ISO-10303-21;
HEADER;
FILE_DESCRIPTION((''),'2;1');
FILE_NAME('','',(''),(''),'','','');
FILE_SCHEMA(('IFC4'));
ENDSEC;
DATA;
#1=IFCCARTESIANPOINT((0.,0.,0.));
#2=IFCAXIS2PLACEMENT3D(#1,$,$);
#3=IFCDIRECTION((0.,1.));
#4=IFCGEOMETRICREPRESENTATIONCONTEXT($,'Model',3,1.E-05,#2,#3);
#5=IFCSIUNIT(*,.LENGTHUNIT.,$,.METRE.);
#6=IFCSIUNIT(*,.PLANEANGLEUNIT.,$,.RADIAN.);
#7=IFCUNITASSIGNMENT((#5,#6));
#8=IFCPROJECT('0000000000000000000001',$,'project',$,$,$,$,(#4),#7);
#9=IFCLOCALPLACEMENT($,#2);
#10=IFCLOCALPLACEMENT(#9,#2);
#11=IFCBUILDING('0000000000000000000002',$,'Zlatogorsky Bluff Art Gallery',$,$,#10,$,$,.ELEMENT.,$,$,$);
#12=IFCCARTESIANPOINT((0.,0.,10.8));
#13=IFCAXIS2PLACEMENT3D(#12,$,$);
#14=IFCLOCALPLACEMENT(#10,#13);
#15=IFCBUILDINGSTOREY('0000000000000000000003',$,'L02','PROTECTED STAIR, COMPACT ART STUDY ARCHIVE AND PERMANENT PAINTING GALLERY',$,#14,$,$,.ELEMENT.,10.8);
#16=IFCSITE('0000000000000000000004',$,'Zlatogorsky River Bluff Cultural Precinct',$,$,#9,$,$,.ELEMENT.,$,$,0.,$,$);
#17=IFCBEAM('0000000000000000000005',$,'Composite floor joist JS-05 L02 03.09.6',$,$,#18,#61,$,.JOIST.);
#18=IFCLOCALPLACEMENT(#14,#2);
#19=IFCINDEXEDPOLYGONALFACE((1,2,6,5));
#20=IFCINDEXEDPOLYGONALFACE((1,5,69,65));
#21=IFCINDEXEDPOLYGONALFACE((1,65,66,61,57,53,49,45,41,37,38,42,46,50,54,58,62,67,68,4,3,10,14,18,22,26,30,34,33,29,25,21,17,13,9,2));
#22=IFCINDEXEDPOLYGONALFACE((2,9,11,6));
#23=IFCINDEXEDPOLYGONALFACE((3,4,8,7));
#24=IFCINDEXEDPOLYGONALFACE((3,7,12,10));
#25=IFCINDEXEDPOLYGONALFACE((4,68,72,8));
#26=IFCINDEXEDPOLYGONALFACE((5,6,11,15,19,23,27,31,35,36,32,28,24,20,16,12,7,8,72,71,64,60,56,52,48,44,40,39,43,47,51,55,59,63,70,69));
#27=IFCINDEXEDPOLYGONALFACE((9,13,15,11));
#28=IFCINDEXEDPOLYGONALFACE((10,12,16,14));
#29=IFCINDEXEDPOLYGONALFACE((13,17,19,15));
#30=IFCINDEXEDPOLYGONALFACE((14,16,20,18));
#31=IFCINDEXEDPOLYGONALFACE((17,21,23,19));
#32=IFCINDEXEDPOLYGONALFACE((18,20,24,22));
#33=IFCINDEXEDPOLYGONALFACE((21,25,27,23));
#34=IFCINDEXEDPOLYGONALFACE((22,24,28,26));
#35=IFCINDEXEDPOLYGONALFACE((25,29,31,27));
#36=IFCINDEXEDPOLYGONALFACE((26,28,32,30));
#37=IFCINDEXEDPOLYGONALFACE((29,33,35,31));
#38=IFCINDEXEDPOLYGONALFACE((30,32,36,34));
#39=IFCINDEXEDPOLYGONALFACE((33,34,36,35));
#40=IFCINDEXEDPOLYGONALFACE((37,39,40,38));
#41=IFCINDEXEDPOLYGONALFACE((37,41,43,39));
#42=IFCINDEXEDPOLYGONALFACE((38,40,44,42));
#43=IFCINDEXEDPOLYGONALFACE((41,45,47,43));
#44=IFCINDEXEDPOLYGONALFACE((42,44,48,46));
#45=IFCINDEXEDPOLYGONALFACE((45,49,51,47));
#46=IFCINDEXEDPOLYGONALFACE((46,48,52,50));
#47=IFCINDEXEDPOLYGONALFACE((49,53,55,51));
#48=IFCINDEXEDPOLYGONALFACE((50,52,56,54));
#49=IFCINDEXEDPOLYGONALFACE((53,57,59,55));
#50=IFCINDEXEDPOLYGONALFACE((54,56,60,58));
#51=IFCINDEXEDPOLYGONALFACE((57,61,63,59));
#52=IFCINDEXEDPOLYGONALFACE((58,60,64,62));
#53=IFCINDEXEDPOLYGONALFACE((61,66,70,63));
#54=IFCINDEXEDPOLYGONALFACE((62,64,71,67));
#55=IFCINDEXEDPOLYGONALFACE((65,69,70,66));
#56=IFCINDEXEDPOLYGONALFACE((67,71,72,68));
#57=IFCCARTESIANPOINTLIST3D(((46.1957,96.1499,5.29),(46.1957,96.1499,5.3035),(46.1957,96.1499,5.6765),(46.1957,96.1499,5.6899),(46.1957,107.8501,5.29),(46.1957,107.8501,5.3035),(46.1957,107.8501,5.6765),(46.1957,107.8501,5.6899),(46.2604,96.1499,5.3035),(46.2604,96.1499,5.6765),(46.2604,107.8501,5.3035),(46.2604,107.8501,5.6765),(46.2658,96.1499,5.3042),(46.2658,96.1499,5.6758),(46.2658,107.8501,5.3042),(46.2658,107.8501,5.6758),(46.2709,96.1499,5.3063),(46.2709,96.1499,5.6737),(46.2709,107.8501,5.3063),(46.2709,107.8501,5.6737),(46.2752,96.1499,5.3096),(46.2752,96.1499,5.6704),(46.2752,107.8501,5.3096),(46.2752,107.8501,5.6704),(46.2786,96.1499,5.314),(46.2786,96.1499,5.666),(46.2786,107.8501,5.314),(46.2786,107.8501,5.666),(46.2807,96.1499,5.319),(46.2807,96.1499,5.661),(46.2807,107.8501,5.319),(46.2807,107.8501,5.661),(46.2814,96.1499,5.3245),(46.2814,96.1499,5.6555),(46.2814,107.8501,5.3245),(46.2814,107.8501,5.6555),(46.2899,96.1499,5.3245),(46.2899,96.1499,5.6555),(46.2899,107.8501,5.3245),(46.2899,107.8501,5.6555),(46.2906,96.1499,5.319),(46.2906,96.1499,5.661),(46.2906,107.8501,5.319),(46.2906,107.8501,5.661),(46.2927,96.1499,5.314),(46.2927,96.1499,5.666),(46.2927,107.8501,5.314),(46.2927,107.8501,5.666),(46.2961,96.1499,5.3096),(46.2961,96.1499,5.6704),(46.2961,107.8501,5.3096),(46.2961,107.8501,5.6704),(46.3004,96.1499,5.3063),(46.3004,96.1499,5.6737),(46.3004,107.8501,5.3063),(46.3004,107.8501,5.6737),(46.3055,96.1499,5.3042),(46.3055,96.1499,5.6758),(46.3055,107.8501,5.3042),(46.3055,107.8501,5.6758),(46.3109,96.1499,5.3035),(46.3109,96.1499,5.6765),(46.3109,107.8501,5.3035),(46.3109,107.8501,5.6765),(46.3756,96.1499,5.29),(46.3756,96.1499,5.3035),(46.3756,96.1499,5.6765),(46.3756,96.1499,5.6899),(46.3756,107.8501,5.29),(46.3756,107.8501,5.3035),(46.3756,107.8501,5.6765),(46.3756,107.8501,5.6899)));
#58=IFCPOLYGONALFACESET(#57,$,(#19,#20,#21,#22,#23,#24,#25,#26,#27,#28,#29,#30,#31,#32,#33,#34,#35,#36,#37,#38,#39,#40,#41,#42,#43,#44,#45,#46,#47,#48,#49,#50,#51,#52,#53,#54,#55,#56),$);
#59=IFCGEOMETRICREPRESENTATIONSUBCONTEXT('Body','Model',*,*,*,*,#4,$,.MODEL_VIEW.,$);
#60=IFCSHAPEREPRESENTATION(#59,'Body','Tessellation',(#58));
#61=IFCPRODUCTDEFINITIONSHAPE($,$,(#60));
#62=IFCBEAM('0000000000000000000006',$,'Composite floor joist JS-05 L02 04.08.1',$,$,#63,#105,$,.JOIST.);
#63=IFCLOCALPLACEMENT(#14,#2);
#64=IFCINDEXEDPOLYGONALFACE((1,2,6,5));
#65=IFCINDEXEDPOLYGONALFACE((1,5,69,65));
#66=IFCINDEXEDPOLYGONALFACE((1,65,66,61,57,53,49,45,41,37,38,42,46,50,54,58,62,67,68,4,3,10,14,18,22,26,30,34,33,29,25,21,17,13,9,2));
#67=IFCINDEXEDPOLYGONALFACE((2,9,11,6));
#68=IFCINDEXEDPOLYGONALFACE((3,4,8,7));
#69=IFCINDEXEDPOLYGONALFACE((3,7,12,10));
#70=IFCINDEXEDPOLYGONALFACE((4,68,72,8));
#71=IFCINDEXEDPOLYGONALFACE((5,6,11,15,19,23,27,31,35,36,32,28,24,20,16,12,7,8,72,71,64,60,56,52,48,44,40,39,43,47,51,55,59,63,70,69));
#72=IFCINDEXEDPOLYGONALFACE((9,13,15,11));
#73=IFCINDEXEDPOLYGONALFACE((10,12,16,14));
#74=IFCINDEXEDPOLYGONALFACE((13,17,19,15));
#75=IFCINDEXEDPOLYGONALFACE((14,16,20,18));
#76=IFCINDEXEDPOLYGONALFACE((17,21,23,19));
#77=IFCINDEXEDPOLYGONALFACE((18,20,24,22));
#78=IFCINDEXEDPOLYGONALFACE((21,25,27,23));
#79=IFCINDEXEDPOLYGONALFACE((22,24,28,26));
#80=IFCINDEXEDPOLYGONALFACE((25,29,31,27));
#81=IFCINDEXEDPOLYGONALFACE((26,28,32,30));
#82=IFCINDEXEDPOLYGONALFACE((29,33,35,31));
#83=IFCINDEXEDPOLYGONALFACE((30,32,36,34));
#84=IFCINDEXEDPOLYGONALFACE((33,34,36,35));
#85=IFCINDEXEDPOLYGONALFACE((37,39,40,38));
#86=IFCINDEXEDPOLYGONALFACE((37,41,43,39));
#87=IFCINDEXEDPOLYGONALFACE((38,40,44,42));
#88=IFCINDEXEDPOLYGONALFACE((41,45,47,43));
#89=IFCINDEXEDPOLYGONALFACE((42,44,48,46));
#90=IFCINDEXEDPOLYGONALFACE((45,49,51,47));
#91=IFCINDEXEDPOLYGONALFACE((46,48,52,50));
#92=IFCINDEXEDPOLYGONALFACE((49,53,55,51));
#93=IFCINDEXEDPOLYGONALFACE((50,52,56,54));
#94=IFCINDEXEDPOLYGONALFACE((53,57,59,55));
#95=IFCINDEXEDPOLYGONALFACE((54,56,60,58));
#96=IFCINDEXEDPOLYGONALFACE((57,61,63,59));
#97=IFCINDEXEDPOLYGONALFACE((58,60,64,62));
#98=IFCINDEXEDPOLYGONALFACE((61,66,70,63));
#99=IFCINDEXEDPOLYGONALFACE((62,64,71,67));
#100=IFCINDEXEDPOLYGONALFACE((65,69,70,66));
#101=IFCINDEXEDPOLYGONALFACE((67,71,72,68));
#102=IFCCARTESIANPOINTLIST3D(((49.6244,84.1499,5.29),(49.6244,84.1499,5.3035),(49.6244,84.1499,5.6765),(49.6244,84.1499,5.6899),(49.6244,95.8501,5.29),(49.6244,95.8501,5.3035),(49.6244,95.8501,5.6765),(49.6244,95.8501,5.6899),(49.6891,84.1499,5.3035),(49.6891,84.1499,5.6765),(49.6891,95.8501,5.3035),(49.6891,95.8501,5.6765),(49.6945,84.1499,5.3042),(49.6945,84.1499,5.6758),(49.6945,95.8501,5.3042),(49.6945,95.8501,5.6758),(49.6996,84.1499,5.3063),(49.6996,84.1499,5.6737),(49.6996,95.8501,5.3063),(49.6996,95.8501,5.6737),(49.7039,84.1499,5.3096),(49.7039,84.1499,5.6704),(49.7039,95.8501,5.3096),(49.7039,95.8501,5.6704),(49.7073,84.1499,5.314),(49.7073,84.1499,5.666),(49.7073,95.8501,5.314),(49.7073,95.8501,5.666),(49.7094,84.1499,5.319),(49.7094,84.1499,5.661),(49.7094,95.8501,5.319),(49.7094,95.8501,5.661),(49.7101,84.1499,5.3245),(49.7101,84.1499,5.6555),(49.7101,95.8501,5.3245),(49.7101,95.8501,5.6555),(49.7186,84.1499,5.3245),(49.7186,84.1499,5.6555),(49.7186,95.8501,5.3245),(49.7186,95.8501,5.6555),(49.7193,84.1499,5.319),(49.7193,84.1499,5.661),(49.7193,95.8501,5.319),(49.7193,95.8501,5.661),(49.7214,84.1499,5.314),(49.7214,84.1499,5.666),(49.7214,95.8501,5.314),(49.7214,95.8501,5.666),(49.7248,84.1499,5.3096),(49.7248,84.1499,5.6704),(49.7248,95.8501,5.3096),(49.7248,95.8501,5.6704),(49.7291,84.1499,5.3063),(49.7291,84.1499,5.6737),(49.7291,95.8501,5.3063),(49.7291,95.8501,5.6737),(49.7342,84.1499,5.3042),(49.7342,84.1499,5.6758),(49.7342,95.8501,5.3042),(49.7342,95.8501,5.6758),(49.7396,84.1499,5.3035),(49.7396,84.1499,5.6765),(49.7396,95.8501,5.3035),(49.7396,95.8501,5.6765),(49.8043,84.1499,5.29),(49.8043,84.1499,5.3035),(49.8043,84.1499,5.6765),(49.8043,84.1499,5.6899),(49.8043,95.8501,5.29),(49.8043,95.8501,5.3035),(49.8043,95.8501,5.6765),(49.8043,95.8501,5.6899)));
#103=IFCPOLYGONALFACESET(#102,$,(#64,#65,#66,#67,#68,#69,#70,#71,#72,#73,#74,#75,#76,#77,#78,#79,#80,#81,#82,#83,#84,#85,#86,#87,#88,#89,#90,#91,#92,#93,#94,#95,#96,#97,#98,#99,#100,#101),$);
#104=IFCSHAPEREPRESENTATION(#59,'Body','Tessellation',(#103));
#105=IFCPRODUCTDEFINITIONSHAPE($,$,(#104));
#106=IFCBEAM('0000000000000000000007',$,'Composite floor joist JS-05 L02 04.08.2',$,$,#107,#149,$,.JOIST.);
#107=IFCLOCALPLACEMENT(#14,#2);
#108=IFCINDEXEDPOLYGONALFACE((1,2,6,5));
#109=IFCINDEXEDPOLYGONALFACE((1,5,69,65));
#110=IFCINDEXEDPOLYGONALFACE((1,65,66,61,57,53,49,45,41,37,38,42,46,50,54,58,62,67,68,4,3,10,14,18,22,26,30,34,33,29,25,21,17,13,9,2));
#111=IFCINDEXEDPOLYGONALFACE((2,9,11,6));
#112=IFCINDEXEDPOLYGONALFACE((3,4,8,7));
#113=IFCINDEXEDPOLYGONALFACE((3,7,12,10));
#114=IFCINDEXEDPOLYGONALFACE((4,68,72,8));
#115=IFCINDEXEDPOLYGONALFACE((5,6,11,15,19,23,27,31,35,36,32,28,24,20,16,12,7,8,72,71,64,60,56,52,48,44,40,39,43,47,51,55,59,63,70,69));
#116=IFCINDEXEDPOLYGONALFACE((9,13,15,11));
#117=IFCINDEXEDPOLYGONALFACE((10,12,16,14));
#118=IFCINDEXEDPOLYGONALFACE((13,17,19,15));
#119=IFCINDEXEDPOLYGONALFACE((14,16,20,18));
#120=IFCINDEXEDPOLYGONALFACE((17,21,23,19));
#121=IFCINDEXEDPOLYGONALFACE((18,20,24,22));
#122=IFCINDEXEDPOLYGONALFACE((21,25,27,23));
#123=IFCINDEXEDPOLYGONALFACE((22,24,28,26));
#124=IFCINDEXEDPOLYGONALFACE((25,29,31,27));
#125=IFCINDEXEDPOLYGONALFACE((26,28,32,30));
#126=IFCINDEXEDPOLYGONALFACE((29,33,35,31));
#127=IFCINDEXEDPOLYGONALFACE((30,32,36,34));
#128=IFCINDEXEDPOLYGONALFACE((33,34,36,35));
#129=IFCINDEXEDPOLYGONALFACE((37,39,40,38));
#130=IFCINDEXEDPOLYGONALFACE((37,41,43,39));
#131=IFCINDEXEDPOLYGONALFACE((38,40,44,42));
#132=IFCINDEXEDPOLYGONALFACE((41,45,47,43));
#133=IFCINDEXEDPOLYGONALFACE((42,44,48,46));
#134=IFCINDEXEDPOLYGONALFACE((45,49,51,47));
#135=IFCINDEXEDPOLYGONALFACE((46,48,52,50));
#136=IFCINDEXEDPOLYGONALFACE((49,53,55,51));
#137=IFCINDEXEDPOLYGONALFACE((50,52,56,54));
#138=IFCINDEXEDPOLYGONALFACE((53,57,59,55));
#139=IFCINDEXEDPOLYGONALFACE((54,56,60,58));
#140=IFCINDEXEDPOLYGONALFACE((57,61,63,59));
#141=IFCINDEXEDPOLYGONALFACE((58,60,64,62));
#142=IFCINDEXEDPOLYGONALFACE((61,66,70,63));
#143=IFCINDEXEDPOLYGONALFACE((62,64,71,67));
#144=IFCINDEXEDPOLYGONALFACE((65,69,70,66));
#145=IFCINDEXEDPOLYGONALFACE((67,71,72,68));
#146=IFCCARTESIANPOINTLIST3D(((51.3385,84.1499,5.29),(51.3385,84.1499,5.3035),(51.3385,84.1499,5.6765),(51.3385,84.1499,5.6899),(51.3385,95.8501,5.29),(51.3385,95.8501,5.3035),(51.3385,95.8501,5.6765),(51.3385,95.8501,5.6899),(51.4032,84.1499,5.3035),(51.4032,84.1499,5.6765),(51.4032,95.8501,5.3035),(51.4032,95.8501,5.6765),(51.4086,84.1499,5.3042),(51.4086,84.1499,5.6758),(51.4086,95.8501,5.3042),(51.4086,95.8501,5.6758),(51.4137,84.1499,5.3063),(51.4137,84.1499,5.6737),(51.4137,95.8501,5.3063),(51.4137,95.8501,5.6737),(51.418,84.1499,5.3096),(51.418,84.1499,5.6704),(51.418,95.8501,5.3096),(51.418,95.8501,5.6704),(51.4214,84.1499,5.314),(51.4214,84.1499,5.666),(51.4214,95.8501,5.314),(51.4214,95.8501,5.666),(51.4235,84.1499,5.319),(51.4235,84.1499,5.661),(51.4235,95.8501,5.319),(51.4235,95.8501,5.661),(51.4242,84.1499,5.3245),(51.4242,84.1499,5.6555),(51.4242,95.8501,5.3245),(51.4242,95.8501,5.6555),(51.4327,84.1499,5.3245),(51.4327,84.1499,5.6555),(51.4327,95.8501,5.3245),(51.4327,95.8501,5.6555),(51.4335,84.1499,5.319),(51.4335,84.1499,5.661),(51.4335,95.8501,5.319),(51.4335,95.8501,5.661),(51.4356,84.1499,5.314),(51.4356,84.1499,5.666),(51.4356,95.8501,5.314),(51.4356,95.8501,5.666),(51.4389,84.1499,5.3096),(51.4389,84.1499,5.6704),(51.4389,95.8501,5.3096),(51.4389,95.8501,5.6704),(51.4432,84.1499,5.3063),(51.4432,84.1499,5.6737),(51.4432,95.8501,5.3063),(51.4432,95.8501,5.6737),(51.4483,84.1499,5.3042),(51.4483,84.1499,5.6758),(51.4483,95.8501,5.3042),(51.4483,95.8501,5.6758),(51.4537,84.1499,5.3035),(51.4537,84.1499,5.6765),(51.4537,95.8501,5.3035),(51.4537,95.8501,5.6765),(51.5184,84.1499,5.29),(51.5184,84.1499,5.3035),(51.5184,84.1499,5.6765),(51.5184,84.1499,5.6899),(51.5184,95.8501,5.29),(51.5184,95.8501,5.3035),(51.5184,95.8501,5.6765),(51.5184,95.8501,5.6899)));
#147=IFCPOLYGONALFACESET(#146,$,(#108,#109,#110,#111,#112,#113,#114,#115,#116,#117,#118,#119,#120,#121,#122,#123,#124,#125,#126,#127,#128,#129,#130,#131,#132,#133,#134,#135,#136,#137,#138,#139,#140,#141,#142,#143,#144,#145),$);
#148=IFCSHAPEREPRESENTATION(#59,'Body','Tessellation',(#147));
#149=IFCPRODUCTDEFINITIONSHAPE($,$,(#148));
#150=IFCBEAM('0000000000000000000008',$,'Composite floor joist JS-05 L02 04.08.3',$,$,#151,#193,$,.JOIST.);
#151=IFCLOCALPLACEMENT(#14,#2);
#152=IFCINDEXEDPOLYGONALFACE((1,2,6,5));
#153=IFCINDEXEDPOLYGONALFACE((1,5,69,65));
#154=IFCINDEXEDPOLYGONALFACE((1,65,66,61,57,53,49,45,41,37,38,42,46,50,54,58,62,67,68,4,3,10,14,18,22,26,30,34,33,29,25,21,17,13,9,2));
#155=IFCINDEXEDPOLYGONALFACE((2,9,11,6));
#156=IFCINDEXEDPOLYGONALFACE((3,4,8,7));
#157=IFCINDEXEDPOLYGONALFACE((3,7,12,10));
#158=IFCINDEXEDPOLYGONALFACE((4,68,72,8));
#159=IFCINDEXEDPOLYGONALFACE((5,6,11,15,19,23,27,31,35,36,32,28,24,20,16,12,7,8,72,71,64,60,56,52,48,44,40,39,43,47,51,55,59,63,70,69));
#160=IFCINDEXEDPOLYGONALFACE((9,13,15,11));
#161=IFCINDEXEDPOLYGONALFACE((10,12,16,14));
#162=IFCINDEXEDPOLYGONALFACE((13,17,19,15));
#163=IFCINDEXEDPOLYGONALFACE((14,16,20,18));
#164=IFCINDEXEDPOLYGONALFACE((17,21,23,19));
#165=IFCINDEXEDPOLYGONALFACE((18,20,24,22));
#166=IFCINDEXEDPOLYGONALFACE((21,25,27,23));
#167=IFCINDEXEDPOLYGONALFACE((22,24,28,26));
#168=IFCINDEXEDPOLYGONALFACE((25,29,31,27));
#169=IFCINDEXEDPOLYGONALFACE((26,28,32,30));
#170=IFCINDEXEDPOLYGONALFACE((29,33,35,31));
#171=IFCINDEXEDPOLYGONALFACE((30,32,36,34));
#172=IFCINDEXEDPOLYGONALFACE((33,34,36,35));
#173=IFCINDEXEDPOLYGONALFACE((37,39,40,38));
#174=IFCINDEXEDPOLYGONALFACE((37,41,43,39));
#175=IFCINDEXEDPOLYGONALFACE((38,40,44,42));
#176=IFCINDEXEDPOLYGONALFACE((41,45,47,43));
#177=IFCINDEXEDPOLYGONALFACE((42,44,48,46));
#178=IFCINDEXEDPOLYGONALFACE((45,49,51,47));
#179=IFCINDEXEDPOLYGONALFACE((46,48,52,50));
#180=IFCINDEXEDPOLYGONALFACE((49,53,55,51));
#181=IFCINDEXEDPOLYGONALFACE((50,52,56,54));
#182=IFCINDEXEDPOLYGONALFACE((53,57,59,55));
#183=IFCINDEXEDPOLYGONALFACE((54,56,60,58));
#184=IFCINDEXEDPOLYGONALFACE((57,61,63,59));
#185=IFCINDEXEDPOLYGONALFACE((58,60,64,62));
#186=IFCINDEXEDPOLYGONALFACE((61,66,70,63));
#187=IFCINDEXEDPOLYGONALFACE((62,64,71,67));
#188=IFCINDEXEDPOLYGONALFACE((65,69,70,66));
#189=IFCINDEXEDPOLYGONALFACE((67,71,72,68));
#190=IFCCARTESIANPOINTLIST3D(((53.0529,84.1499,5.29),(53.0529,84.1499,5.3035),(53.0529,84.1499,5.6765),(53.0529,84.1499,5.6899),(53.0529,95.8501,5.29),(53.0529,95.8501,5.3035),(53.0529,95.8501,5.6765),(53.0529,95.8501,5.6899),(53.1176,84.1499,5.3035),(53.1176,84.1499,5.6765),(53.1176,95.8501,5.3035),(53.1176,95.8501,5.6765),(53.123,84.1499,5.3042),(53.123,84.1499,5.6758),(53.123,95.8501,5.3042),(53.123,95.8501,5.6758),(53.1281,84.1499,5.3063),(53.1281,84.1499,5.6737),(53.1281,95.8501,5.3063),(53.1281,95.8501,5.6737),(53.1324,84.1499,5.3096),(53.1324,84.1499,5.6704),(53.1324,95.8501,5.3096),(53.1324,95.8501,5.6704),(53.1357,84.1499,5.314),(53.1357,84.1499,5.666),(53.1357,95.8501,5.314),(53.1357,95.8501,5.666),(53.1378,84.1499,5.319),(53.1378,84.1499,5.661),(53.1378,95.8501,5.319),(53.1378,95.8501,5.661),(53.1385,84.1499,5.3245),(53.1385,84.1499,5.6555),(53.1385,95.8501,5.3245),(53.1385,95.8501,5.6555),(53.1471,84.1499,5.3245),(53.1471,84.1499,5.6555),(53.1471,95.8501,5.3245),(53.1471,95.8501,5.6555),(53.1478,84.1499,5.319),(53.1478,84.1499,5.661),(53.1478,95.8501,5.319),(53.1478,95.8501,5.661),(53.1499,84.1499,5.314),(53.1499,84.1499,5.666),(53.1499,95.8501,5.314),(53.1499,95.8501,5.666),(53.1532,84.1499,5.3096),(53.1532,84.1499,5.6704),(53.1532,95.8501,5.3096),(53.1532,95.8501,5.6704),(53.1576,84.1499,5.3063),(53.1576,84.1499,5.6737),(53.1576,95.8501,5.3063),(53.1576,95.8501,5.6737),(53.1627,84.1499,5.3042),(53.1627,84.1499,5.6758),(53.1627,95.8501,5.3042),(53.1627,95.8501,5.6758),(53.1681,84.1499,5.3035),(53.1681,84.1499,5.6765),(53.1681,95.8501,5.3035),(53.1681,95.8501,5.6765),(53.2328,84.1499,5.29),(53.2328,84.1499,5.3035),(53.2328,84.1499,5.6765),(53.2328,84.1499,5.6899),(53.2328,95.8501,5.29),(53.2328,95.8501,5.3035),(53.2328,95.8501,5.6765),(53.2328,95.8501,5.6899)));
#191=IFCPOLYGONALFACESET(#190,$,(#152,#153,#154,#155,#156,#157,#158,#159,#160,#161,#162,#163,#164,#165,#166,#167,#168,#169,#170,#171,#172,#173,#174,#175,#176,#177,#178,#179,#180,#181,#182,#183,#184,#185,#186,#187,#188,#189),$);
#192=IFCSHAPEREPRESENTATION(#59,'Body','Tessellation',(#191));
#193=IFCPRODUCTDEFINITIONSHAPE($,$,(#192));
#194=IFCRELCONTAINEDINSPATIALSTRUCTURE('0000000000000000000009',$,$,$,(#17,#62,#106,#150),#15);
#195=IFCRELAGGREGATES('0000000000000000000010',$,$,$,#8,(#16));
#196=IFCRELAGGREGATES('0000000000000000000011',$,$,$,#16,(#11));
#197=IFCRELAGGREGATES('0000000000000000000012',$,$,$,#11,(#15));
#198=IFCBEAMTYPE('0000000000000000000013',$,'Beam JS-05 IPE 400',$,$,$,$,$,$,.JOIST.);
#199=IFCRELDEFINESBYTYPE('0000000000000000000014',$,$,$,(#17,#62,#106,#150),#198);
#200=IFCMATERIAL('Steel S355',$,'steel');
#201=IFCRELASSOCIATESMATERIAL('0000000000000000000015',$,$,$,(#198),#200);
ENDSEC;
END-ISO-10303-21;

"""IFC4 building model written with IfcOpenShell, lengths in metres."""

from ifc_helpers import new_model, si_unit, direction, frame, origin, origin_2d, place, context, subcontext, project, spatial, i_section, extrude, material, material_profile, profile_set, type_object, element, save


model = new_model("IFC4")

# Units and contexts
model_context = context("Model", 3, precision=1e-05, world=origin(), true_north=direction((0.0, 1.0)))
body_context = subcontext(model_context, "Body", "Model", "MODEL_VIEW")
ifc_project = project(units=[si_unit("LENGTHUNIT", "METRE"), si_unit("PLANEANGLEUNIT", "RADIAN")], contexts=[model_context])

# Site, building, storey
site_placement = place(None, origin())
site = spatial("IfcSite", under=ifc_project, at=site_placement, Name="Zlatogorsky River Bluff Cultural Precinct", CompositionType="ELEMENT", RefElevation=0.0)
building_placement = place(site_placement, origin())
building = spatial("IfcBuilding", under=site, at=building_placement, Name="Zlatogorsky Bluff Art Gallery", CompositionType="ELEMENT")
storey_placement = place(building_placement, frame((0.0, 0.0, 10.8)))
storey = spatial("IfcBuildingStorey", under=building, at=storey_placement, Name="L02", Description="PROTECTED STAIR, COMPACT ART STUDY ARCHIVE AND PERMANENT PAINTING GALLERY", CompositionType="ELEMENT", Elevation=10.8)

# Shared definitions
ifc_material_1 = material(Name="Steel S355", Category="steel")

# Beams
ifc_material_profile_1 = material_profile(ifc_material_1, i_section(OverallWidth=0.1799, OverallDepth=0.3999, WebThickness=0.0085, FlangeThickness=0.0134, FilletRadius=0.021, at=origin_2d()), Name="IPE 400")
ifc_profile_set_1 = profile_set([ifc_material_profile_1], Name="Steel S355")
beam_type_1 = type_object("IfcBeamType", Name="Beam JS-05 IPE 400", PredefinedType="JOIST", material=ifc_profile_set_1)
for number, where, z_axis, x_axis, name in (
    (1, (46.2856, 96.1499, 5.49), (0.0, 1.0, 0.0), (-1.0, 0.0, 0.0), "Composite floor joist JS-05 L02 03.09.6"),
    (2, (49.7144, 84.1499, 5.49), (0.0, 1.0, 0.0), (-1.0, 0.0, 0.0), "Composite floor joist JS-05 L02 04.08.1"),
    (3, (51.4285, 84.1499, 5.49), (0.0, 1.0, 0.0), (-1.0, 0.0, 0.0), "Composite floor joist JS-05 L02 04.08.2"),
    (4, (53.1428, 84.1499, 5.49), (0.0, 1.0, 0.0), (-1.0, 0.0, 0.0), "Composite floor joist JS-05 L02 04.08.3"),
):
    element("IfcBeam", number, at=place(storey_placement, frame(where, z_axis=z_axis, x_axis=x_axis)), inside=storey, type_object=beam_type_1, Name=name, PredefinedType="JOIST", context=body_context, shape_type="SweptSolid", body=[
        extrude(i_section(OverallWidth=0.1799, OverallDepth=0.3999, WebThickness=0.0085, FlangeThickness=0.0134, FilletRadius=0.021, at=origin_2d()), origin(), (0.0, 0.0, 1.0), 11.7002),
    ])

save(model, "model.ifc")
